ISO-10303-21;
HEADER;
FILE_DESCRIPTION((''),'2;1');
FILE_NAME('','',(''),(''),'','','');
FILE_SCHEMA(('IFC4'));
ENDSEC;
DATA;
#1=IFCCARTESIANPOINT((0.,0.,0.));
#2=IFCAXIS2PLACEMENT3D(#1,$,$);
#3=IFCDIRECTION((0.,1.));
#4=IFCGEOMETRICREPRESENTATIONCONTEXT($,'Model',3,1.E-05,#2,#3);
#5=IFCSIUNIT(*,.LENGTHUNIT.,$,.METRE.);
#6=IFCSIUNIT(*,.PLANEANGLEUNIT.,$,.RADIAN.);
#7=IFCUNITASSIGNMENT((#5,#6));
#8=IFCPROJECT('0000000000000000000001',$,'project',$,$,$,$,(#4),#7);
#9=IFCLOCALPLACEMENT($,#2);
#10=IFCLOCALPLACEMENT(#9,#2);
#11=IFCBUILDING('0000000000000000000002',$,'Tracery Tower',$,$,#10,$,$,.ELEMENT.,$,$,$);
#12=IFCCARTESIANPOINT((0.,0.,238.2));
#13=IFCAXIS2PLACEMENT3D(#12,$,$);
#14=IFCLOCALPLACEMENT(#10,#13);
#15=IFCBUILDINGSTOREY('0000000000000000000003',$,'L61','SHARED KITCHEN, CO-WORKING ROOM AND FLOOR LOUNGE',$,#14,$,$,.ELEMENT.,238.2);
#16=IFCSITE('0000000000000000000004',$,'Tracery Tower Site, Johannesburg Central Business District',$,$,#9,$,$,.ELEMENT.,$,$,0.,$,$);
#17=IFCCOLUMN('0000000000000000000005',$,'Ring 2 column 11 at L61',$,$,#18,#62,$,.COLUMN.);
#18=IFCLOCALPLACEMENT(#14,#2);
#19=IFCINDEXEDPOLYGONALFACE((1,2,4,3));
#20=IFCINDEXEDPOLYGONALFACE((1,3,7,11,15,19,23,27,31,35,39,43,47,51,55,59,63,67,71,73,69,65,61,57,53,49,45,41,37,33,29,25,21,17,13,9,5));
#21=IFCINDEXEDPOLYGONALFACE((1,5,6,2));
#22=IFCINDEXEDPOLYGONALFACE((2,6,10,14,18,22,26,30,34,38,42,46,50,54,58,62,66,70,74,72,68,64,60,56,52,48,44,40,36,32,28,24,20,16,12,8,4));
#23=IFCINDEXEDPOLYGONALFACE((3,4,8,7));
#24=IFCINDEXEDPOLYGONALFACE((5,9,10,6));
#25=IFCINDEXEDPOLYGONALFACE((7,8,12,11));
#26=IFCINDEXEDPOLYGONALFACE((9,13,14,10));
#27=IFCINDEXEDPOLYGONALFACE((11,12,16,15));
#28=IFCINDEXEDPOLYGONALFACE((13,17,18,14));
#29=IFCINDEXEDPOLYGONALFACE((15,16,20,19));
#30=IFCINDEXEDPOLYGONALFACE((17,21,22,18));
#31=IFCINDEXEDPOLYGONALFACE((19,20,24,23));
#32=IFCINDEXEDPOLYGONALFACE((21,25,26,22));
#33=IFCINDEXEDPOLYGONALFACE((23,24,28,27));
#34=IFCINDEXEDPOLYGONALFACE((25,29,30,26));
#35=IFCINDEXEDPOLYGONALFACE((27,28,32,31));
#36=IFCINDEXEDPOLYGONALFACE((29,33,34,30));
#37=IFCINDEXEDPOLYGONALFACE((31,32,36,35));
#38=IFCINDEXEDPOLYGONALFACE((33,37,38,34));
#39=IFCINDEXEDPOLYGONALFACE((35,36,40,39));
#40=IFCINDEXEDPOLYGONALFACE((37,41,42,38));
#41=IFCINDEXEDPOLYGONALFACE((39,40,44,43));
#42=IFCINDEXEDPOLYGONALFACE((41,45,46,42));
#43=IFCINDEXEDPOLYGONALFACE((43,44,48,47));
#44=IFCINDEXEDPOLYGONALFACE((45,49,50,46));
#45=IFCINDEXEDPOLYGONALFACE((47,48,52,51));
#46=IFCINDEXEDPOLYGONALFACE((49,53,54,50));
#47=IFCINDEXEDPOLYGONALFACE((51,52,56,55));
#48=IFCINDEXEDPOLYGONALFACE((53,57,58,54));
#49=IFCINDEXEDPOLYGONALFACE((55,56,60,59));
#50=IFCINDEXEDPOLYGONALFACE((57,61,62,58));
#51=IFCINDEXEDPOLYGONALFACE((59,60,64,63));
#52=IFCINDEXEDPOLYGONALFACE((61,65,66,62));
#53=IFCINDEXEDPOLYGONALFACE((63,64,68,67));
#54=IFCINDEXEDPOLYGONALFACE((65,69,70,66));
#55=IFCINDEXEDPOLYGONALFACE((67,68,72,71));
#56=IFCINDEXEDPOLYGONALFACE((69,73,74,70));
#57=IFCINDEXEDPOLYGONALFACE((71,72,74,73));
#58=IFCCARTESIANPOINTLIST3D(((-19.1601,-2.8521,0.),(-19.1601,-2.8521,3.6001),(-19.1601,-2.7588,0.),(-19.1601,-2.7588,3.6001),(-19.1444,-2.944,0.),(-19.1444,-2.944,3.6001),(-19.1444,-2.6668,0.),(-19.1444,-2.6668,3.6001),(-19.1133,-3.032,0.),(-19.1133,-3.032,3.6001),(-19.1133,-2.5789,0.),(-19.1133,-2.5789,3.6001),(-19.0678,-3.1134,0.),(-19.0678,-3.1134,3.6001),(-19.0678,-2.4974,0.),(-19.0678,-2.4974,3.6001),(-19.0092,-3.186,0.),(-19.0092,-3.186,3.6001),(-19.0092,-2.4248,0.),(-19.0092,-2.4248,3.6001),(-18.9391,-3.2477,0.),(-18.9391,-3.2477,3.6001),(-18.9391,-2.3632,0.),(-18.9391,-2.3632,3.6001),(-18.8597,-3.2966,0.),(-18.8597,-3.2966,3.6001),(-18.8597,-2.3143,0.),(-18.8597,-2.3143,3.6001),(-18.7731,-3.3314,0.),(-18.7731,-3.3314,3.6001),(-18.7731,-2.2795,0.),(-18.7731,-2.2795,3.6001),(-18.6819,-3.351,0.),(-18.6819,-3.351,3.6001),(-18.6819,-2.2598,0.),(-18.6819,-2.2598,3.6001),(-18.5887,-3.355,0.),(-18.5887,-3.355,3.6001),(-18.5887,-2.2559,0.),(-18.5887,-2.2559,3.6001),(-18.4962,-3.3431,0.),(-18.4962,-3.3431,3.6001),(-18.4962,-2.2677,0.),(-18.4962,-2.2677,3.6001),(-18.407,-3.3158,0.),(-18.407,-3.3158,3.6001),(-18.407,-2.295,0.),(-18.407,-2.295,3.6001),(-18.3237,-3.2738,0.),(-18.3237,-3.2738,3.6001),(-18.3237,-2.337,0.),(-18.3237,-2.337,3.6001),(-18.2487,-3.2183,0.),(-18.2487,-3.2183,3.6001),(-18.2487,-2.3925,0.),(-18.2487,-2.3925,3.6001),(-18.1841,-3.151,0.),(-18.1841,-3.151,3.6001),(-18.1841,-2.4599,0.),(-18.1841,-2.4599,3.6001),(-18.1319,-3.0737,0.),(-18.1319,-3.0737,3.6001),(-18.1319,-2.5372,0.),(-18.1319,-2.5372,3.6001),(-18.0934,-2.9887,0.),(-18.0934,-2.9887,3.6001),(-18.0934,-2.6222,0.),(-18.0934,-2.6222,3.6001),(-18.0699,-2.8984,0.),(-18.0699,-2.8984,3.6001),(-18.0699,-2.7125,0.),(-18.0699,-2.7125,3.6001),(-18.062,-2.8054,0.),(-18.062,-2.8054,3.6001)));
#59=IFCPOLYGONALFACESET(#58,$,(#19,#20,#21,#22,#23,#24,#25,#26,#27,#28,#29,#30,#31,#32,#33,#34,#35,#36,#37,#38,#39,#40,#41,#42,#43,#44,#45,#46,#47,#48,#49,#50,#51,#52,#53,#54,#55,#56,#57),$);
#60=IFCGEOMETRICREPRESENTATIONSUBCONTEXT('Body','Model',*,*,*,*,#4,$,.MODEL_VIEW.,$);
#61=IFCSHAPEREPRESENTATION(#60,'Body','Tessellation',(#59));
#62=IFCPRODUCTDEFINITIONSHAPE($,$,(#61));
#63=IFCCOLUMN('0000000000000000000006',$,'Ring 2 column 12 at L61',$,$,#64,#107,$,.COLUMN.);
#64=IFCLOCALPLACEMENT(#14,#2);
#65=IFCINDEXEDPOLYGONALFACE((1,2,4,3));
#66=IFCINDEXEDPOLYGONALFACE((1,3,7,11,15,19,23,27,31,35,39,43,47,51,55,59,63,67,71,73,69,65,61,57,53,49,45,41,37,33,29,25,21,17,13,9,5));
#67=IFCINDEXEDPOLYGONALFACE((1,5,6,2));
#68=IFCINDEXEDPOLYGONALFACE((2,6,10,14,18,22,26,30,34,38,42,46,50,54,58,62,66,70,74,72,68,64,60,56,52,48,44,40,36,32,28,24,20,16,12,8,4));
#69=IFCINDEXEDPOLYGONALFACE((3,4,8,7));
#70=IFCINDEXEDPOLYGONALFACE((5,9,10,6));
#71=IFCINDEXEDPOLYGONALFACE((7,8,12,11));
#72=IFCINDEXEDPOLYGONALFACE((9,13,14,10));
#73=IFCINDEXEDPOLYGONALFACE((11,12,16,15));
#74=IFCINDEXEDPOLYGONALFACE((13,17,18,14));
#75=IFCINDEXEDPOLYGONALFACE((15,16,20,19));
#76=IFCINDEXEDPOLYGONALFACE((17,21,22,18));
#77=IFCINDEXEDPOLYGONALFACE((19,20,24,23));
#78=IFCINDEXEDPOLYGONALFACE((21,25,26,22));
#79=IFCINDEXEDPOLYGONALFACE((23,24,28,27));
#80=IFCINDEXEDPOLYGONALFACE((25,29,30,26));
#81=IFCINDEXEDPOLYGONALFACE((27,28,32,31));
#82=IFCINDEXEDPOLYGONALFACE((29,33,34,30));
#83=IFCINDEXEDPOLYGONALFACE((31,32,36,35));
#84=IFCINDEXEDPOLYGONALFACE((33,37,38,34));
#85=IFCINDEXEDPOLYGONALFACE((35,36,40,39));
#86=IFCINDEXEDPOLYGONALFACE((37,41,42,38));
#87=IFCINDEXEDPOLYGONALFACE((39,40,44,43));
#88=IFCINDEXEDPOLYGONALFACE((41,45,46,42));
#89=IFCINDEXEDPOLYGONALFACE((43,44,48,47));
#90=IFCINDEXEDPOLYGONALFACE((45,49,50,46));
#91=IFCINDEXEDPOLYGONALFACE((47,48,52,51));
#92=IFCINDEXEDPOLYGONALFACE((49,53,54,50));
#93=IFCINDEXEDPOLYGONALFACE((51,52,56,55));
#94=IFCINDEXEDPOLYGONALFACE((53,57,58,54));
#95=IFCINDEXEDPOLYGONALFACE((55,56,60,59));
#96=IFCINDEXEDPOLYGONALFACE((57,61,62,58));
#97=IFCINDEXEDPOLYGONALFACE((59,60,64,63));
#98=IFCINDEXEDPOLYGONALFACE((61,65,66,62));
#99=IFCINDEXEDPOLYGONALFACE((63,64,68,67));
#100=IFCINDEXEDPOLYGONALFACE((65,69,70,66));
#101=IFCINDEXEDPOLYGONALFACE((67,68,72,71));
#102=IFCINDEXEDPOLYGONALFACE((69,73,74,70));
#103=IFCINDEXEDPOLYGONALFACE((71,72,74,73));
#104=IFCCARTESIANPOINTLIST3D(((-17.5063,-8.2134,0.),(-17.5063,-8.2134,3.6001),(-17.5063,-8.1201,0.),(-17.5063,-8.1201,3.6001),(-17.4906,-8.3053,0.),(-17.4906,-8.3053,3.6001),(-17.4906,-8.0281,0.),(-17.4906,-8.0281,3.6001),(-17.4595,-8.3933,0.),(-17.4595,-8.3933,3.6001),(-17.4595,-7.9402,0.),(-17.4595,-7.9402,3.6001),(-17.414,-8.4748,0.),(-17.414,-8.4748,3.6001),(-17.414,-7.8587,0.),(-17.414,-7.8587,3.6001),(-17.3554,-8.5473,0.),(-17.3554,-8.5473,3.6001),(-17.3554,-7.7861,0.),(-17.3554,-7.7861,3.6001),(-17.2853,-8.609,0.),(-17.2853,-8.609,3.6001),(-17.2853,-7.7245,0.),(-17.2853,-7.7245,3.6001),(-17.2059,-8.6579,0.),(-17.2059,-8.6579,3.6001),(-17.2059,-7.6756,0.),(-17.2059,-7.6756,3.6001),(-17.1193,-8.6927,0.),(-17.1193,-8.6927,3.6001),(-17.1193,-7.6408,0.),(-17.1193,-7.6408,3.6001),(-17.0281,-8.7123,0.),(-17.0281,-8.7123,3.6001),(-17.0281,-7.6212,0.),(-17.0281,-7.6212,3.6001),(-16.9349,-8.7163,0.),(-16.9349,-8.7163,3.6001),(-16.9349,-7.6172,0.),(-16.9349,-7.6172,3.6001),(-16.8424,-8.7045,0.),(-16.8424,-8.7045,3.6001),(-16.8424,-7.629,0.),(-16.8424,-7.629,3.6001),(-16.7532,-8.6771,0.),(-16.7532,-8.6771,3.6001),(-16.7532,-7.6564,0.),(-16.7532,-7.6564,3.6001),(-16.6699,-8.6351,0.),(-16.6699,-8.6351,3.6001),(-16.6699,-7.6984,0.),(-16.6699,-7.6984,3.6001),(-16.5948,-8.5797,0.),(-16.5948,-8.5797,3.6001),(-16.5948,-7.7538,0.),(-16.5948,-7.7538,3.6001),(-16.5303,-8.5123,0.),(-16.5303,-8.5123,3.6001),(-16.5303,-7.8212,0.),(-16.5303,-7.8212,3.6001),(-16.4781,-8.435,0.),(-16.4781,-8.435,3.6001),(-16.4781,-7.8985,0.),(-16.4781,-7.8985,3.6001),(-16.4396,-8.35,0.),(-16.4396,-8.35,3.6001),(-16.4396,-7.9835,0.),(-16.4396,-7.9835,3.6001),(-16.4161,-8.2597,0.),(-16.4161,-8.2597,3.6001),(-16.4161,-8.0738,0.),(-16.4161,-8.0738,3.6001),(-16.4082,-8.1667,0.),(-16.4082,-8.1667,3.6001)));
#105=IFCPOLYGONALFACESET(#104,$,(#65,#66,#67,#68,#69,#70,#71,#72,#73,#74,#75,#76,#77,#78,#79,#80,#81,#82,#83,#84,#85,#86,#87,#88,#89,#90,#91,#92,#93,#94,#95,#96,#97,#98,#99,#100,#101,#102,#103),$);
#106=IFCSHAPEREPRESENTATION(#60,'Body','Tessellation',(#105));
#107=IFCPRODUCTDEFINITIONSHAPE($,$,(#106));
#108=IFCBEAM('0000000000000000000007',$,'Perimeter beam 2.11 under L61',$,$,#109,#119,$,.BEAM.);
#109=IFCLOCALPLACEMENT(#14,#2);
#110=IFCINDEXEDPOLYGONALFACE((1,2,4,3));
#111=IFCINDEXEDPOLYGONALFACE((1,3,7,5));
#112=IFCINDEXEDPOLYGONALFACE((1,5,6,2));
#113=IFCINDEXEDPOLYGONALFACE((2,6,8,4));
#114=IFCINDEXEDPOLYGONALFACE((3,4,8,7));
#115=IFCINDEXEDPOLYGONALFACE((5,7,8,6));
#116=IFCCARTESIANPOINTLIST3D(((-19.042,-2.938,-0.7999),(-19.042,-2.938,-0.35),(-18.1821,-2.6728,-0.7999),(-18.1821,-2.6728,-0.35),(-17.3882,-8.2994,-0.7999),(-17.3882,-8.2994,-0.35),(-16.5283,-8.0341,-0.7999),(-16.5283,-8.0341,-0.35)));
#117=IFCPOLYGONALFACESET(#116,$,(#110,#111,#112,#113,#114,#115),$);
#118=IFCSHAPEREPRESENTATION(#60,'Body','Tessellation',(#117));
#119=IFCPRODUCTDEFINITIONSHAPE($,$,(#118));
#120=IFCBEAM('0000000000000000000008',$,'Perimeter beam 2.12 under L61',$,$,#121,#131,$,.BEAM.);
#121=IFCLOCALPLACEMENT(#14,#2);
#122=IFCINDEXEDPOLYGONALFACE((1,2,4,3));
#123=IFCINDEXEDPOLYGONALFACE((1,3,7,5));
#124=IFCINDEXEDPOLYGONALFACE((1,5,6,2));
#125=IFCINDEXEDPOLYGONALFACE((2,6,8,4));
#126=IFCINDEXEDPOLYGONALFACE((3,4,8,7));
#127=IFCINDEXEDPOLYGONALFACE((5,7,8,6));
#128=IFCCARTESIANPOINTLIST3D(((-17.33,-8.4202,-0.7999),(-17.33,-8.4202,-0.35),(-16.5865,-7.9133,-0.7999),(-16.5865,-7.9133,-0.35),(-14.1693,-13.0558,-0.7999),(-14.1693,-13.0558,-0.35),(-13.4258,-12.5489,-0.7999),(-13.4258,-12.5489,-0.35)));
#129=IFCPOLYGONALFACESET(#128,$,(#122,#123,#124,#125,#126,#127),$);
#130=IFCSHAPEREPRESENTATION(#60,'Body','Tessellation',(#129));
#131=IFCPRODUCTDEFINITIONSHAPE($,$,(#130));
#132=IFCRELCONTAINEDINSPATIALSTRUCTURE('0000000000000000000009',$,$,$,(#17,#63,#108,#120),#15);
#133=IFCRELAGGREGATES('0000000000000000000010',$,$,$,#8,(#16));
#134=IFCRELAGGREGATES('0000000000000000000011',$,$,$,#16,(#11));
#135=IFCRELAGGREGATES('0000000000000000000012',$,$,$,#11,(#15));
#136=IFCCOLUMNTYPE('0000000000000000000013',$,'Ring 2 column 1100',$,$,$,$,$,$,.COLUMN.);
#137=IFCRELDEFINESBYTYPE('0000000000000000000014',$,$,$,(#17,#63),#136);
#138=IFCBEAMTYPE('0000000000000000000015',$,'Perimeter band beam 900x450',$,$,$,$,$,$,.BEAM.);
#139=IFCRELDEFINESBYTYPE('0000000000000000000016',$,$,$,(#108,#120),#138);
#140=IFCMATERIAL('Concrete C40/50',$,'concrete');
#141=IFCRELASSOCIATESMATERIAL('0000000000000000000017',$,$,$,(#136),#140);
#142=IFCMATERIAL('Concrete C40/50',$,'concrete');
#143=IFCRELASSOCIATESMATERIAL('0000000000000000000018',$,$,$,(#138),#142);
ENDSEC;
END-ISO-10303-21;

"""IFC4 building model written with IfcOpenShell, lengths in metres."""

from ifc_helpers import new_model, si_unit, direction, frame, origin, origin_2d, place, context, subcontext, project, spatial, rectangle, circle, extrude, material, material_profile, profile_set, type_object, element, save


model = new_model("IFC4")

# Units and contexts
model_context = context("Model", 3, precision=1e-05, world=origin(), true_north=direction((0.0, 1.0)))
body_context = subcontext(model_context, "Body", "Model", "MODEL_VIEW")
ifc_project = project(units=[si_unit("LENGTHUNIT", "METRE"), si_unit("PLANEANGLEUNIT", "RADIAN")], contexts=[model_context])

# Site, building, storey
site_placement = place(None, origin())
site = spatial("IfcSite", under=ifc_project, at=site_placement, Name="Tracery Tower Site, Johannesburg Central Business District", CompositionType="ELEMENT", RefElevation=0.0)
building_placement = place(site_placement, origin())
building = spatial("IfcBuilding", under=site, at=building_placement, Name="Tracery Tower", CompositionType="ELEMENT")
storey_placement = place(building_placement, frame((0.0, 0.0, 238.2)))
storey = spatial("IfcBuildingStorey", under=building, at=storey_placement, Name="L61", Description="SHARED KITCHEN, CO-WORKING ROOM AND FLOOR LOUNGE", CompositionType="ELEMENT", Elevation=238.2)

# Columns
ifc_material_1 = material(Name="Concrete C40/50", Category="concrete")
ifc_material_profile_1 = material_profile(ifc_material_1, circle(Radius=0.55, at=origin_2d()), Name="RC D1100")
ifc_profile_set_1 = profile_set([ifc_material_profile_1], Name="Concrete C40/50")
column_type = type_object("IfcColumnType", Name="Ring 2 column 1100", PredefinedType="COLUMN", material=ifc_profile_set_1)
for number, where, z_axis, x_axis, name in (
    (1, (-18.6121, -2.8054, 0.0), (0.0, 0.0, 1.0), (1.0, 0.0, 0.0), "Ring 2 column 11 at L61"),
    (2, (-16.9583, -8.1667, 0.0), (0.0, 0.0, 1.0), (1.0, 0.0, 0.0), "Ring 2 column 12 at L61"),
):
    element("IfcColumn", number, at=place(storey_placement, frame(where, z_axis=z_axis, x_axis=x_axis)), inside=storey, type_object=column_type, Name=name, PredefinedType="COLUMN", context=body_context, shape_type="SweptSolid", body=[
        extrude(circle(Radius=0.55, at=origin_2d()), origin(), (0.0, 0.0, 1.0), 3.6001),
    ])

# Beams
ifc_material_2 = material(Name="Concrete C40/50", Category="concrete")
ifc_material_profile_2 = material_profile(ifc_material_2, rectangle(XDim=0.8999, YDim=0.45, at=origin_2d()), Name="RC 900x450")
ifc_profile_set_2 = profile_set([ifc_material_profile_2], Name="Concrete C40/50")
beam_type = type_object("IfcBeamType", Name="Perimeter band beam 900x450", PredefinedType="BEAM", material=ifc_profile_set_2)
for number, where, z_axis, x_axis, name in (
    (3, (-18.6121, -2.8054, -0.575), (0.294765, -0.95557, 0.0), (0.95557, 0.294765, 0.0), "Perimeter beam 2.11 under L61"),
    (4, (-16.9583, -8.1667, -0.575), (0.563346, -0.826221, 0.0), (0.826221, 0.563346, 0.0), "Perimeter beam 2.12 under L61"),
):
    element("IfcBeam", number, at=place(storey_placement, frame(where, z_axis=z_axis, x_axis=x_axis)), inside=storey, type_object=beam_type, Name=name, PredefinedType="BEAM", context=body_context, shape_type="SweptSolid", body=[
        extrude(rectangle(XDim=0.8999, YDim=0.45, at=origin_2d()), origin(), (0.0, 0.0, 1.0), 5.6106),
    ])

save(model, "model.ifc")
